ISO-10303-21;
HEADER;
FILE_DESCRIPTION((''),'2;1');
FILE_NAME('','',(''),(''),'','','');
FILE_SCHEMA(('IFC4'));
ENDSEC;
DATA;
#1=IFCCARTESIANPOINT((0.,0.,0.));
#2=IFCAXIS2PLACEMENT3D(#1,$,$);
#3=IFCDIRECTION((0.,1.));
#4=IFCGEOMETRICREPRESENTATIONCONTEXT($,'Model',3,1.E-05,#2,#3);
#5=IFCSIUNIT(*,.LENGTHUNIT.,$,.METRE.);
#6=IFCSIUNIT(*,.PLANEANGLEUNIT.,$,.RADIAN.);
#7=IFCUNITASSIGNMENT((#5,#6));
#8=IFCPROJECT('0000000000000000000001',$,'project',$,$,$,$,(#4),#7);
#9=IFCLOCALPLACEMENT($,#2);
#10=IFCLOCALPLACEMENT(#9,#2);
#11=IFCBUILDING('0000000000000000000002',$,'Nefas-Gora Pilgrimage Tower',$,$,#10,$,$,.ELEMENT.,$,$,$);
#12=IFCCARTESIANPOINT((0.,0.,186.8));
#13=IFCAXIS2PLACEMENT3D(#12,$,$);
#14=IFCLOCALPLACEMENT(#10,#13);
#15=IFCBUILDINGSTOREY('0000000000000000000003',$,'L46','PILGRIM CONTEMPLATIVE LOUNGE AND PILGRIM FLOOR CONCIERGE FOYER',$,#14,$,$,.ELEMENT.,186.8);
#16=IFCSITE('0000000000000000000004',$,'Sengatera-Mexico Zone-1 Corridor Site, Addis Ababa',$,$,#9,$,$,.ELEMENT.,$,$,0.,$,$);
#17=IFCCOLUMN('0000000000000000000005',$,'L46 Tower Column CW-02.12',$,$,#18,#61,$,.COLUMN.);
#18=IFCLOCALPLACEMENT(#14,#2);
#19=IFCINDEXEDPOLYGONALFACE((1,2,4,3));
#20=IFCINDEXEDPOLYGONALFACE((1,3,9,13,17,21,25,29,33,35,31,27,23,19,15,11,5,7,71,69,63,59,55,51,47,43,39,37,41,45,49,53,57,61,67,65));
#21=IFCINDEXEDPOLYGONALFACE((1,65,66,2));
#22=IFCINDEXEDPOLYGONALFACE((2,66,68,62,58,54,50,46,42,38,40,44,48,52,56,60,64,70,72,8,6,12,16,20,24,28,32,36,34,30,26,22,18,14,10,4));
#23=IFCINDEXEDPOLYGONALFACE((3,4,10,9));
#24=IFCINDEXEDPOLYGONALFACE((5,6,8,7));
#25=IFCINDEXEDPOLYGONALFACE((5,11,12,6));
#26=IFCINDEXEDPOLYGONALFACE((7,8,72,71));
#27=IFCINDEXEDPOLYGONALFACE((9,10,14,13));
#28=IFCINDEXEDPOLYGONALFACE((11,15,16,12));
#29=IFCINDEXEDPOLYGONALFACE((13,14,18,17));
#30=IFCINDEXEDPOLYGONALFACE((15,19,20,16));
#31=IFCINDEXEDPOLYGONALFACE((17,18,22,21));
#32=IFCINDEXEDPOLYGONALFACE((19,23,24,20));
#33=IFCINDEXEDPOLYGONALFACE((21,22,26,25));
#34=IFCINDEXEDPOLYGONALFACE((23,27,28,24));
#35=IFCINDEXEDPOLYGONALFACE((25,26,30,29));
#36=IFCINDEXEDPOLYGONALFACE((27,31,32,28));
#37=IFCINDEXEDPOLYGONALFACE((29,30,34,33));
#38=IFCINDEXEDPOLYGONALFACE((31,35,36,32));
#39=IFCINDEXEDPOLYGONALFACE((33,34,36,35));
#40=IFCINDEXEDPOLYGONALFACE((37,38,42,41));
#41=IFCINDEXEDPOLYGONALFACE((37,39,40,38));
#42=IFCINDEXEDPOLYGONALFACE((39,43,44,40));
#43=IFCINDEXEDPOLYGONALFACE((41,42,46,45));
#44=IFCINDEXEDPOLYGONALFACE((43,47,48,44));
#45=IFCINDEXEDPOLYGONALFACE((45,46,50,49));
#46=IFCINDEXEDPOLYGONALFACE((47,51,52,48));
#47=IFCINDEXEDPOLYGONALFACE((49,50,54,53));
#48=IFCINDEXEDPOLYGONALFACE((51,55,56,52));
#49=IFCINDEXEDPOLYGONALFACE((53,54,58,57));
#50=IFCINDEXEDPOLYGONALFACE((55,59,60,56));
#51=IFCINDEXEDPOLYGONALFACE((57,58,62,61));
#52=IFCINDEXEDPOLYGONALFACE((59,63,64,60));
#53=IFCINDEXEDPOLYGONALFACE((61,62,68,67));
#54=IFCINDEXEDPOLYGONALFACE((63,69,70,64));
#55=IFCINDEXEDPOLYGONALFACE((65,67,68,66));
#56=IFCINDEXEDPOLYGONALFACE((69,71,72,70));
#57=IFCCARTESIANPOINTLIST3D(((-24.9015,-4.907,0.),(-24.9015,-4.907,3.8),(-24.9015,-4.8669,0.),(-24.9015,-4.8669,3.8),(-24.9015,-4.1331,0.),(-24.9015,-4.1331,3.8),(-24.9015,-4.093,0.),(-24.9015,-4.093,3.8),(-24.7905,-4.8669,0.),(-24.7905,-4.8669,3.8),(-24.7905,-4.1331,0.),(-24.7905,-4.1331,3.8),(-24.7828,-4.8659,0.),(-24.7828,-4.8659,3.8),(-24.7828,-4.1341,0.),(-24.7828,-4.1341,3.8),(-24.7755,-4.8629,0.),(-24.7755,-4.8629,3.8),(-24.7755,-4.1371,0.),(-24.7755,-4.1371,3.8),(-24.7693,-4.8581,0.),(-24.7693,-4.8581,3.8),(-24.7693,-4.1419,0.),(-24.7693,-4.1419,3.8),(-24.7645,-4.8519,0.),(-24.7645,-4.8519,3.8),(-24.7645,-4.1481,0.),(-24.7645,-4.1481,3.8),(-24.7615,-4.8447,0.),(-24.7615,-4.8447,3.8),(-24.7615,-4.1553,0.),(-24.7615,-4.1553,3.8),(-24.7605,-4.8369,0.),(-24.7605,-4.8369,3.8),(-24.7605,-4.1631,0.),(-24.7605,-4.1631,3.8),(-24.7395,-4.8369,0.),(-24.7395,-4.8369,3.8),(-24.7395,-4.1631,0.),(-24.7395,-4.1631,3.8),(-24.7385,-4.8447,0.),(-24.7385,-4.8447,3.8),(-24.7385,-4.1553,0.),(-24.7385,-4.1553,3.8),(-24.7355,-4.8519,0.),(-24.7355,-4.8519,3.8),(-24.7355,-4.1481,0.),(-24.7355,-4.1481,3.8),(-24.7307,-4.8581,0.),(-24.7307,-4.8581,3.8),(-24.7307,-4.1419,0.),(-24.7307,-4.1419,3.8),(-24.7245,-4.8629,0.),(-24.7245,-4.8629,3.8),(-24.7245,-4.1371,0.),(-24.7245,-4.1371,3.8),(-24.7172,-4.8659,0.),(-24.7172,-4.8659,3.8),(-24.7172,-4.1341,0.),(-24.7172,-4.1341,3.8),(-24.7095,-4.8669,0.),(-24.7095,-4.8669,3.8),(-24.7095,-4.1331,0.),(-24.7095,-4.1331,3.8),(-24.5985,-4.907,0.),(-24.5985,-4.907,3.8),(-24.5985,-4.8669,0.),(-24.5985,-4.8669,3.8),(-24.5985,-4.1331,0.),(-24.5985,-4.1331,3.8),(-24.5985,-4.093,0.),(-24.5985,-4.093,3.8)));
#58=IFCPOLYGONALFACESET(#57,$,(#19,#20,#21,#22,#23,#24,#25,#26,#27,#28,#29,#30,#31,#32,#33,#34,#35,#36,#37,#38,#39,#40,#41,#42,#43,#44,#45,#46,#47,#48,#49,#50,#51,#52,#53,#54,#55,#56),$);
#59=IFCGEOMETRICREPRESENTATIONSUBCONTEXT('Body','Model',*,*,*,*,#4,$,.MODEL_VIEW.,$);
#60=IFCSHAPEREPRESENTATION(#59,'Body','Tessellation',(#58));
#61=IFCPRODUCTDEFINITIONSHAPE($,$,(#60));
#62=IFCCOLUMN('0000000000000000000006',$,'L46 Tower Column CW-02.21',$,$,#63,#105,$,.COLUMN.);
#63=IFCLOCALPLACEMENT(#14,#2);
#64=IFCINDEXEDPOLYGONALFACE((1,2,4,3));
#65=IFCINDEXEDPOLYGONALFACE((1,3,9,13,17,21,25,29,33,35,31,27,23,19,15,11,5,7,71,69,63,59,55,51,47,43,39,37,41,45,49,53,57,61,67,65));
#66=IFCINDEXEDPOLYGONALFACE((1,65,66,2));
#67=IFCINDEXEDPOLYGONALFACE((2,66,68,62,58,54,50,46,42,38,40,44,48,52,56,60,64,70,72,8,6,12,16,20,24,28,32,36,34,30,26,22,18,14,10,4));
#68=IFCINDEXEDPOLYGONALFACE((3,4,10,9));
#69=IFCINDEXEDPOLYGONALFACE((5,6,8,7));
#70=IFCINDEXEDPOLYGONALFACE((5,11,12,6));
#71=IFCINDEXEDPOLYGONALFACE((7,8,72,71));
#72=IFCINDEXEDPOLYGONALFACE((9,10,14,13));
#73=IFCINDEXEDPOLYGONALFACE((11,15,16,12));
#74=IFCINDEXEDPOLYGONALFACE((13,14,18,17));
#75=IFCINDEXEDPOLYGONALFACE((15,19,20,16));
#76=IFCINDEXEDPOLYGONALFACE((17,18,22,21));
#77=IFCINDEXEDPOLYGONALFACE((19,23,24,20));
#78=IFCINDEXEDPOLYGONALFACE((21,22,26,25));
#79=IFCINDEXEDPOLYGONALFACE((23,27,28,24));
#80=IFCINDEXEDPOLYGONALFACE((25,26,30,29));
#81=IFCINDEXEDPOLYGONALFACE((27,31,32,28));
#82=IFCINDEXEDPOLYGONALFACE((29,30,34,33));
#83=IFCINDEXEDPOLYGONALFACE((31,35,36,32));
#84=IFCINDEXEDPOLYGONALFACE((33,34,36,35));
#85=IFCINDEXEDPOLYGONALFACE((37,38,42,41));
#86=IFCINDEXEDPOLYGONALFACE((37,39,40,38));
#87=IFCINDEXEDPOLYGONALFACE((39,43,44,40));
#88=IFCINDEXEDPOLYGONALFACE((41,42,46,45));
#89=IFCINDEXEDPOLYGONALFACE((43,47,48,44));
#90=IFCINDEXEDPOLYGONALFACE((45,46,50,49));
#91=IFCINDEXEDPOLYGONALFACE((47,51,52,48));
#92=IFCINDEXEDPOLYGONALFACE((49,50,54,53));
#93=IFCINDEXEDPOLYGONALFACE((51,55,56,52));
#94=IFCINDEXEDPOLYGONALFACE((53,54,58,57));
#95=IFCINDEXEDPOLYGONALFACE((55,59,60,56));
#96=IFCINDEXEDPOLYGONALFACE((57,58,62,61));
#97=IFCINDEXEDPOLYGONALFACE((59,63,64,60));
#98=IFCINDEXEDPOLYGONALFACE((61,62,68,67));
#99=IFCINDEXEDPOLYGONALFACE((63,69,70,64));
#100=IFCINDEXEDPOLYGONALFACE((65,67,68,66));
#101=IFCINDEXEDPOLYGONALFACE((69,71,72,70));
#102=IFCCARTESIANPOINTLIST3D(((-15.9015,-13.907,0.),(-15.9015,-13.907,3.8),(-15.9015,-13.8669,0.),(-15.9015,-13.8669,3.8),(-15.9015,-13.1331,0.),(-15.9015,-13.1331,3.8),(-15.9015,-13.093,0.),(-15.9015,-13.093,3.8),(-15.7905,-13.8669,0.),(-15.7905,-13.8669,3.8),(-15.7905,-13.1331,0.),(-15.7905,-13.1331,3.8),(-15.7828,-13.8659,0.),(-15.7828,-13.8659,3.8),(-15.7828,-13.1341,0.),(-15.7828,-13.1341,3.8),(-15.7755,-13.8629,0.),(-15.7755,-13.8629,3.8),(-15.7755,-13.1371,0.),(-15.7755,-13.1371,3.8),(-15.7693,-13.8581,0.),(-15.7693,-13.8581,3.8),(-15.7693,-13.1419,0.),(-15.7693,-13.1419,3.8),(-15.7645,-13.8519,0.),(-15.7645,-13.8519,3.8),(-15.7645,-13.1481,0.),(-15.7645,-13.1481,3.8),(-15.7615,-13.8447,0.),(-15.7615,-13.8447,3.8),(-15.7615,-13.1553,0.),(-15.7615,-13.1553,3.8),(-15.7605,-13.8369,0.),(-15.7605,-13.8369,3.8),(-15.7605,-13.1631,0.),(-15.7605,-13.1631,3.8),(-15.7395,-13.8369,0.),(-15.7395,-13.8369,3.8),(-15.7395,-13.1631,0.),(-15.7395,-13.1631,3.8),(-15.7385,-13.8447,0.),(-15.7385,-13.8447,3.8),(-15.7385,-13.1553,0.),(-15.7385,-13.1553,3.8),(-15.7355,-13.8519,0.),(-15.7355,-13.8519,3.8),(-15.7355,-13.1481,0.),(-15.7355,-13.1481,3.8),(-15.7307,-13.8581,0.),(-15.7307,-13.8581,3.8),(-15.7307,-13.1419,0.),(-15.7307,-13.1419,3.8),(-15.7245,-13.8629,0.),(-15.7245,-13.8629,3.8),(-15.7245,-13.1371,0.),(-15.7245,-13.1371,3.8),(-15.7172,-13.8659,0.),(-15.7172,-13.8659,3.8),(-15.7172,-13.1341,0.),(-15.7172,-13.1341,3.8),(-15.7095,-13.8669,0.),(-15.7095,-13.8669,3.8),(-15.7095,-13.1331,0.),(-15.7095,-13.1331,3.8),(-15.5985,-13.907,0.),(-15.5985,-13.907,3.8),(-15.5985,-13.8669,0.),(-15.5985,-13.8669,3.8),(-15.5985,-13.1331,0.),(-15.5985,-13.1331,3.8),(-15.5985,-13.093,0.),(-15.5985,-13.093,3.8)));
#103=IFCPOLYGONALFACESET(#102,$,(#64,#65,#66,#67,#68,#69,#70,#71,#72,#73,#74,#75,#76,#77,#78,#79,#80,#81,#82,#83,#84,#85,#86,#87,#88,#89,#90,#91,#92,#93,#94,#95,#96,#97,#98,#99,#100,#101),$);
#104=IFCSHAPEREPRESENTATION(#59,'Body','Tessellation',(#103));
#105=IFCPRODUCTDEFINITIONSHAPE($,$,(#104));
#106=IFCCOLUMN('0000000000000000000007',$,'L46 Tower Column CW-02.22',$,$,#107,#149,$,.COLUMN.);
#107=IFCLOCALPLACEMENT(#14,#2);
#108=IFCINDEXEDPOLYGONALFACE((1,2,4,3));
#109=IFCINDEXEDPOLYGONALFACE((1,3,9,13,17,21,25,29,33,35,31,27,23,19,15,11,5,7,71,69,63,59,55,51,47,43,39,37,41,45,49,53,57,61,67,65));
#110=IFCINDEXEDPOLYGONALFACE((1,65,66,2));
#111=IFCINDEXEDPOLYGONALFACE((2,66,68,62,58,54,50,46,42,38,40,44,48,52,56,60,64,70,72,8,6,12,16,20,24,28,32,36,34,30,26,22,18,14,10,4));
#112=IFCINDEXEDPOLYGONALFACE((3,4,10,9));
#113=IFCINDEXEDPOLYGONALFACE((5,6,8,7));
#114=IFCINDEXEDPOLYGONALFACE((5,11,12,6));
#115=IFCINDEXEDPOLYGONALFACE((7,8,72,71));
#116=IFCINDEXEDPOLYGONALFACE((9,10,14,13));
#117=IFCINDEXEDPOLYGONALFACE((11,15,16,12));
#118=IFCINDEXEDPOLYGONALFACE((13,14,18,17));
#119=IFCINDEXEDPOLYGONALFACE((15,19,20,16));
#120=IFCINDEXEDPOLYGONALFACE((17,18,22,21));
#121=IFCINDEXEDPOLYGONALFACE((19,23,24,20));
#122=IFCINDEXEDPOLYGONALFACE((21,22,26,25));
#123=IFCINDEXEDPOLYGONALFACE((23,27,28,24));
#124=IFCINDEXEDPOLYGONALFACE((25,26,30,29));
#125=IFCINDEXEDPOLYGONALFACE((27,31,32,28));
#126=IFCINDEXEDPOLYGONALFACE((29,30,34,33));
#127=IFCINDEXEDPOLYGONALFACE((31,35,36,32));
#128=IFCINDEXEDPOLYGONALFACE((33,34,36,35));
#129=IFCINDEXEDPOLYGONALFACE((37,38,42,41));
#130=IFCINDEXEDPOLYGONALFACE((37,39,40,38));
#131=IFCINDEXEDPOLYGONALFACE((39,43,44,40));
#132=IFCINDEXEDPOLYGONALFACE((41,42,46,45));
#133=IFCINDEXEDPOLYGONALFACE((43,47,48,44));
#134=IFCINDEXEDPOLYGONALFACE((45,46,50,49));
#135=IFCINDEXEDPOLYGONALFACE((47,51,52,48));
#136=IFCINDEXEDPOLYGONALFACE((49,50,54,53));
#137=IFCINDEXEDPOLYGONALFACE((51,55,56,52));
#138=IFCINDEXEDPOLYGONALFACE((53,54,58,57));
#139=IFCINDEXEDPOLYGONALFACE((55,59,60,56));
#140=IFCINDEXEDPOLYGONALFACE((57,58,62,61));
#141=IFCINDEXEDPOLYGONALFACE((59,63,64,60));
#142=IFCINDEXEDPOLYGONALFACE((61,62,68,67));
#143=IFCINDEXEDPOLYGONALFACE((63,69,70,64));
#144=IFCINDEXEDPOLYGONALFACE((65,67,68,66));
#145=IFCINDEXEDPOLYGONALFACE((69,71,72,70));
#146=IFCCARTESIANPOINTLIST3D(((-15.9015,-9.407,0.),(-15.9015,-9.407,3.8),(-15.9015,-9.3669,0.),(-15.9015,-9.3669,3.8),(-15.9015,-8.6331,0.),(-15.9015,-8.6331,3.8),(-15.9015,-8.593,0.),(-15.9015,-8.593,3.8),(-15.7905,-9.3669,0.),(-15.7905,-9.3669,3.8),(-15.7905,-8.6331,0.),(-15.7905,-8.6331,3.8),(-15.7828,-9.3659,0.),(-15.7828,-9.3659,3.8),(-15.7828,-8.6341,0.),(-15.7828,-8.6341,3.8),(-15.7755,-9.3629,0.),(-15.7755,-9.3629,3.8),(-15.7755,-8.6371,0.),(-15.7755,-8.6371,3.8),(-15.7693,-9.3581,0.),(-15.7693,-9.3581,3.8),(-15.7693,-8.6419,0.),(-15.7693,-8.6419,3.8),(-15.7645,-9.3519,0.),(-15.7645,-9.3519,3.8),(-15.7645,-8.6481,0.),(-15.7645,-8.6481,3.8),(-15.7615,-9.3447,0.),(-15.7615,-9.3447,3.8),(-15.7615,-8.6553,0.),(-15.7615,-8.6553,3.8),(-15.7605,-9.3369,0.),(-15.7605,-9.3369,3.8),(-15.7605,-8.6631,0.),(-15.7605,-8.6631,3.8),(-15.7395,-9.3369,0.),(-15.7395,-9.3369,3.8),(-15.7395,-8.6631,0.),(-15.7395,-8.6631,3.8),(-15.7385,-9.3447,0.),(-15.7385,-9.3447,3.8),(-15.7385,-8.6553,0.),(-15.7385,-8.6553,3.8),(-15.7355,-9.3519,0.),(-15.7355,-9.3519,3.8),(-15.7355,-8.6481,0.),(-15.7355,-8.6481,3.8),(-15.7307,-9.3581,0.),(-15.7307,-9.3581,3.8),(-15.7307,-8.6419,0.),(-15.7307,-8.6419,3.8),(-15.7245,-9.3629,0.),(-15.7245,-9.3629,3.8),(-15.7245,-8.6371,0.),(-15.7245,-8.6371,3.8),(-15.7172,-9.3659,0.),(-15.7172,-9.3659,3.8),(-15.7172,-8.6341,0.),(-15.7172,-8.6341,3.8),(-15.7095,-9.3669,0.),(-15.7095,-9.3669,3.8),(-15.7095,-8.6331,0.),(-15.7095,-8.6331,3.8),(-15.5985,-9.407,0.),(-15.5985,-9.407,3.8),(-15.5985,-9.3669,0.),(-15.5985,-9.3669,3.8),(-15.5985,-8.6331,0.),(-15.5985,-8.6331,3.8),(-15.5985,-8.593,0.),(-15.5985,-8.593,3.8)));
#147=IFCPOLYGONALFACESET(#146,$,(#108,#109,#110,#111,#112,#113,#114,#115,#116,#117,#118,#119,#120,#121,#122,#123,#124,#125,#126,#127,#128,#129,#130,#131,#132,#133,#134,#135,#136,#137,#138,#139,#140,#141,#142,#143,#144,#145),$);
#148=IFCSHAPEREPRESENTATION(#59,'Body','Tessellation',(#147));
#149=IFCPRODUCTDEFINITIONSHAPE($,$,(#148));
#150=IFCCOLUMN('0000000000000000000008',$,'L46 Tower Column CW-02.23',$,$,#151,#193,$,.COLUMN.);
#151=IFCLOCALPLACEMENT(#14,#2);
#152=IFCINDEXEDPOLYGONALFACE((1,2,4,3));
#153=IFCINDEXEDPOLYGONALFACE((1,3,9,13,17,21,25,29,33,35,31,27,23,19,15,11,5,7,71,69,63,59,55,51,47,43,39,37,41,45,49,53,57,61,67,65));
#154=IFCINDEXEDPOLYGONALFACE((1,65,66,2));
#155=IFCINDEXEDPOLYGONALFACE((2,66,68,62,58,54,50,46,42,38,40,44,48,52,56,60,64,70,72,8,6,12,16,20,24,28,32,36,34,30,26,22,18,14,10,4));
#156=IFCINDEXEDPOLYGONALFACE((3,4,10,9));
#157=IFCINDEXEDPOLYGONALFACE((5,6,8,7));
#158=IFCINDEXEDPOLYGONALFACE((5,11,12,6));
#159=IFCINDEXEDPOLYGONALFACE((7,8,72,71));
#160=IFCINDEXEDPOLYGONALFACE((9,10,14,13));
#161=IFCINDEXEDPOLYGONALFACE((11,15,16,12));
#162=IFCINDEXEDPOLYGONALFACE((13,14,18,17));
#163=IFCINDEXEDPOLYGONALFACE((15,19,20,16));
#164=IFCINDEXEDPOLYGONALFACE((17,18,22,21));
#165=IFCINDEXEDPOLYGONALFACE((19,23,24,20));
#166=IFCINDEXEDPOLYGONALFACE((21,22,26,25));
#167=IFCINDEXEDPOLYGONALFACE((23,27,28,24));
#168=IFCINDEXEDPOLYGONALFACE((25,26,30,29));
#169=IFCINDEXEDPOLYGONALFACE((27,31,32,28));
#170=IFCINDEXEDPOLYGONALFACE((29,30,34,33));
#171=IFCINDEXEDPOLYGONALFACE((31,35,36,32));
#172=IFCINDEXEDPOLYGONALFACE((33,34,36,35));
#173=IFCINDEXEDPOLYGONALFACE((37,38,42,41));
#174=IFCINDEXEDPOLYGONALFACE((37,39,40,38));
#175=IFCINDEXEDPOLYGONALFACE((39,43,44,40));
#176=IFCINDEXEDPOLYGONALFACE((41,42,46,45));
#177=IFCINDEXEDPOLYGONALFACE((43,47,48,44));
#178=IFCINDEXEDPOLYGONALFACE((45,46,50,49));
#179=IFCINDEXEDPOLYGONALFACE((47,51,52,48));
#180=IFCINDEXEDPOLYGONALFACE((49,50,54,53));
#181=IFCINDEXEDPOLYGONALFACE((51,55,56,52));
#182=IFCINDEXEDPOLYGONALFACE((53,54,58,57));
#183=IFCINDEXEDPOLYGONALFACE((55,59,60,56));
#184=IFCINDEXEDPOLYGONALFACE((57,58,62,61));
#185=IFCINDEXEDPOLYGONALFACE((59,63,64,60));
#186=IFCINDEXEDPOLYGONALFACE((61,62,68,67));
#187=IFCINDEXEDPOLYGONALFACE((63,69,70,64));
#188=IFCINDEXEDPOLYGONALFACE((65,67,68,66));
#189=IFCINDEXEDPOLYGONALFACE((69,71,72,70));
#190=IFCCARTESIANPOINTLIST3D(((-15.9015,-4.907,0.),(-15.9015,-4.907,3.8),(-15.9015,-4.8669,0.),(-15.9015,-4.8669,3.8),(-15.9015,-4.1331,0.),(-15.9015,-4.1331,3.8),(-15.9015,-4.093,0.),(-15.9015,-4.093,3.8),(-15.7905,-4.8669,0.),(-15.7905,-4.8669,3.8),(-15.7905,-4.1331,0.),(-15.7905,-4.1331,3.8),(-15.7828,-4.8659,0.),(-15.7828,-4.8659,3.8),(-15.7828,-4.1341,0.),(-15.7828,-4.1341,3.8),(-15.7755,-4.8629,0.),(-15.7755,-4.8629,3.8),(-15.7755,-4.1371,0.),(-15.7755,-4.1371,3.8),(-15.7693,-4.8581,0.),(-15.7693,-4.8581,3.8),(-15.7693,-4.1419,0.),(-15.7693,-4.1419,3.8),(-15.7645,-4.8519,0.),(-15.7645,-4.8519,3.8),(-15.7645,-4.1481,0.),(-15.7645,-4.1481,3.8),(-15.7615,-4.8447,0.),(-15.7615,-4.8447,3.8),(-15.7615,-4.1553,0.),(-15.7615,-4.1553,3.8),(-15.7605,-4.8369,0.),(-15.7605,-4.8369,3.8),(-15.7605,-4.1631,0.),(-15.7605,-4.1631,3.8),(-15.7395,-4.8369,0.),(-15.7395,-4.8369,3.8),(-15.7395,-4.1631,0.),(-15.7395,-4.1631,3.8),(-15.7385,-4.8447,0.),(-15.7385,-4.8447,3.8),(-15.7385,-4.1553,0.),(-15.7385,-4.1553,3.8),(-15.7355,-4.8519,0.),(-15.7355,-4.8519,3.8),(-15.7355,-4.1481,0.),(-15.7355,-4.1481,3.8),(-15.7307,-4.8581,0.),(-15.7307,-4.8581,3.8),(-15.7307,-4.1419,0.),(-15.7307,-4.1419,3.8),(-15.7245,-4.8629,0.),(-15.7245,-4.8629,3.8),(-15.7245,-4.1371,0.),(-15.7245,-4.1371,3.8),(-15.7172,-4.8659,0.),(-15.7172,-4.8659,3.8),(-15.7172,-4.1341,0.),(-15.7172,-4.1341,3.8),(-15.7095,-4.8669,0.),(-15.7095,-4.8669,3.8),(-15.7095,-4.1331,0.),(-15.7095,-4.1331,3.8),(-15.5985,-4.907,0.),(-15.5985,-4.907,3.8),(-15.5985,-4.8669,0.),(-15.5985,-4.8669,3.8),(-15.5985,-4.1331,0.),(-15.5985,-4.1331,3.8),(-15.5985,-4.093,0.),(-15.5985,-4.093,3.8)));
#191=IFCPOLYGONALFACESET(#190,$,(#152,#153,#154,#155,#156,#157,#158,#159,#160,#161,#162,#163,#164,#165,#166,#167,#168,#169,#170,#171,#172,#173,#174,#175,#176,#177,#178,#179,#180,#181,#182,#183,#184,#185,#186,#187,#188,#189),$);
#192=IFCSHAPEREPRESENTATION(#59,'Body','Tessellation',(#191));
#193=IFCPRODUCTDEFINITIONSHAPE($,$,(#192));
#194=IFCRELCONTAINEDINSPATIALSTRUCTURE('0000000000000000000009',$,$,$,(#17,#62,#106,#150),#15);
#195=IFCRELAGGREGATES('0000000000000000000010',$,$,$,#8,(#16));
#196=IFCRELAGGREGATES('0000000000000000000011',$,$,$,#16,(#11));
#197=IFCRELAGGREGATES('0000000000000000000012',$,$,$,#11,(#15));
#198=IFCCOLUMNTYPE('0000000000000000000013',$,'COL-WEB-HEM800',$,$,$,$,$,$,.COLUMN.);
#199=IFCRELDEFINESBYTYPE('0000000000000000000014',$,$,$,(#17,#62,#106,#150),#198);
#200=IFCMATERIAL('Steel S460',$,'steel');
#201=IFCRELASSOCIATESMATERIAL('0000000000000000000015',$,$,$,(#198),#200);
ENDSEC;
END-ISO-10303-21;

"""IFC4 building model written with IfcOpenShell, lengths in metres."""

from ifc_helpers import new_model, si_unit, direction, frame, origin, origin_2d, place, context, subcontext, project, spatial, i_section, extrude, source, transform, mapped, material, material_profile, profile_set, type_object, element, save


model = new_model("IFC4")

# Units and contexts
model_context = context("Model", 3, precision=1e-05, world=origin(), true_north=direction((0.0, 1.0)))
body_context = subcontext(model_context, "Body", "Model", "MODEL_VIEW")
ifc_project = project(units=[si_unit("LENGTHUNIT", "METRE"), si_unit("PLANEANGLEUNIT", "RADIAN")], contexts=[model_context])

# Site, building, storey
site_placement = place(None, origin())
site = spatial("IfcSite", under=ifc_project, at=site_placement, Name="Sengatera-Mexico Zone-1 Corridor Site, Addis Ababa", CompositionType="ELEMENT", RefElevation=0.0)
building_placement = place(site_placement, origin())
building = spatial("IfcBuilding", under=site, at=building_placement, Name="Nefas-Gora Pilgrimage Tower", CompositionType="ELEMENT")
storey_placement = place(building_placement, frame((0.0, 0.0, 186.8)))
storey = spatial("IfcBuildingStorey", under=building, at=storey_placement, Name="L46", Description="PILGRIM CONTEMPLATIVE LOUNGE AND PILGRIM FLOOR CONCIERGE FOYER", CompositionType="ELEMENT", Elevation=186.8)

# Columns
ifc_material_1 = material(Name="Steel S460", Category="steel")
ifc_material_profile_1 = material_profile(ifc_material_1, i_section(OverallWidth=0.303, OverallDepth=0.814, WebThickness=0.021, FlangeThickness=0.04, FilletRadius=0.03, at=origin_2d()), Name="HEM 800")
ifc_profile_set_1 = profile_set([ifc_material_profile_1], Name="Steel S460")
column_type_1 = type_object("IfcColumnType", Name="COL-WEB-HEM800", PredefinedType="COLUMN", material=ifc_profile_set_1)
shared_shape_1 = source(origin(), body_context, "Body", "SweptSolid", [
    extrude(i_section(OverallWidth=0.303, OverallDepth=0.814, WebThickness=0.021, FlangeThickness=0.04, FilletRadius=0.03, at=origin_2d()), origin(), (0.0, 0.0, 1.0), 3.8),
])
for number, where, z_axis, x_axis, name in (
    (1, (-24.75, -4.5, 0.0), (0.0, 0.0, 1.0), (1.0, 0.0, 0.0), "L46 Tower Column CW-02.12"),
    (2, (-15.75, -13.5, 0.0), (0.0, 0.0, 1.0), (1.0, 0.0, 0.0), "L46 Tower Column CW-02.21"),
    (3, (-15.75, -9.0, 0.0), (0.0, 0.0, 1.0), (1.0, 0.0, 0.0), "L46 Tower Column CW-02.22"),
    (4, (-15.75, -4.5, 0.0), (0.0, 0.0, 1.0), (1.0, 0.0, 0.0), "L46 Tower Column CW-02.23"),
):
    element("IfcColumn", number, at=place(storey_placement, frame(where, z_axis=z_axis, x_axis=x_axis)), inside=storey, type_object=column_type_1, Name=name, PredefinedType="COLUMN", context=body_context, shape_type="MappedRepresentation", body=[
        mapped(shared_shape_1, transform((0.0, 0.0, 0.0), x_axis=(1.0, 0.0, 0.0), y_axis=(0.0, 1.0, 0.0), z_axis=(0.0, 0.0, 1.0), scale=1.0)),
    ])

save(model, "model.ifc")
